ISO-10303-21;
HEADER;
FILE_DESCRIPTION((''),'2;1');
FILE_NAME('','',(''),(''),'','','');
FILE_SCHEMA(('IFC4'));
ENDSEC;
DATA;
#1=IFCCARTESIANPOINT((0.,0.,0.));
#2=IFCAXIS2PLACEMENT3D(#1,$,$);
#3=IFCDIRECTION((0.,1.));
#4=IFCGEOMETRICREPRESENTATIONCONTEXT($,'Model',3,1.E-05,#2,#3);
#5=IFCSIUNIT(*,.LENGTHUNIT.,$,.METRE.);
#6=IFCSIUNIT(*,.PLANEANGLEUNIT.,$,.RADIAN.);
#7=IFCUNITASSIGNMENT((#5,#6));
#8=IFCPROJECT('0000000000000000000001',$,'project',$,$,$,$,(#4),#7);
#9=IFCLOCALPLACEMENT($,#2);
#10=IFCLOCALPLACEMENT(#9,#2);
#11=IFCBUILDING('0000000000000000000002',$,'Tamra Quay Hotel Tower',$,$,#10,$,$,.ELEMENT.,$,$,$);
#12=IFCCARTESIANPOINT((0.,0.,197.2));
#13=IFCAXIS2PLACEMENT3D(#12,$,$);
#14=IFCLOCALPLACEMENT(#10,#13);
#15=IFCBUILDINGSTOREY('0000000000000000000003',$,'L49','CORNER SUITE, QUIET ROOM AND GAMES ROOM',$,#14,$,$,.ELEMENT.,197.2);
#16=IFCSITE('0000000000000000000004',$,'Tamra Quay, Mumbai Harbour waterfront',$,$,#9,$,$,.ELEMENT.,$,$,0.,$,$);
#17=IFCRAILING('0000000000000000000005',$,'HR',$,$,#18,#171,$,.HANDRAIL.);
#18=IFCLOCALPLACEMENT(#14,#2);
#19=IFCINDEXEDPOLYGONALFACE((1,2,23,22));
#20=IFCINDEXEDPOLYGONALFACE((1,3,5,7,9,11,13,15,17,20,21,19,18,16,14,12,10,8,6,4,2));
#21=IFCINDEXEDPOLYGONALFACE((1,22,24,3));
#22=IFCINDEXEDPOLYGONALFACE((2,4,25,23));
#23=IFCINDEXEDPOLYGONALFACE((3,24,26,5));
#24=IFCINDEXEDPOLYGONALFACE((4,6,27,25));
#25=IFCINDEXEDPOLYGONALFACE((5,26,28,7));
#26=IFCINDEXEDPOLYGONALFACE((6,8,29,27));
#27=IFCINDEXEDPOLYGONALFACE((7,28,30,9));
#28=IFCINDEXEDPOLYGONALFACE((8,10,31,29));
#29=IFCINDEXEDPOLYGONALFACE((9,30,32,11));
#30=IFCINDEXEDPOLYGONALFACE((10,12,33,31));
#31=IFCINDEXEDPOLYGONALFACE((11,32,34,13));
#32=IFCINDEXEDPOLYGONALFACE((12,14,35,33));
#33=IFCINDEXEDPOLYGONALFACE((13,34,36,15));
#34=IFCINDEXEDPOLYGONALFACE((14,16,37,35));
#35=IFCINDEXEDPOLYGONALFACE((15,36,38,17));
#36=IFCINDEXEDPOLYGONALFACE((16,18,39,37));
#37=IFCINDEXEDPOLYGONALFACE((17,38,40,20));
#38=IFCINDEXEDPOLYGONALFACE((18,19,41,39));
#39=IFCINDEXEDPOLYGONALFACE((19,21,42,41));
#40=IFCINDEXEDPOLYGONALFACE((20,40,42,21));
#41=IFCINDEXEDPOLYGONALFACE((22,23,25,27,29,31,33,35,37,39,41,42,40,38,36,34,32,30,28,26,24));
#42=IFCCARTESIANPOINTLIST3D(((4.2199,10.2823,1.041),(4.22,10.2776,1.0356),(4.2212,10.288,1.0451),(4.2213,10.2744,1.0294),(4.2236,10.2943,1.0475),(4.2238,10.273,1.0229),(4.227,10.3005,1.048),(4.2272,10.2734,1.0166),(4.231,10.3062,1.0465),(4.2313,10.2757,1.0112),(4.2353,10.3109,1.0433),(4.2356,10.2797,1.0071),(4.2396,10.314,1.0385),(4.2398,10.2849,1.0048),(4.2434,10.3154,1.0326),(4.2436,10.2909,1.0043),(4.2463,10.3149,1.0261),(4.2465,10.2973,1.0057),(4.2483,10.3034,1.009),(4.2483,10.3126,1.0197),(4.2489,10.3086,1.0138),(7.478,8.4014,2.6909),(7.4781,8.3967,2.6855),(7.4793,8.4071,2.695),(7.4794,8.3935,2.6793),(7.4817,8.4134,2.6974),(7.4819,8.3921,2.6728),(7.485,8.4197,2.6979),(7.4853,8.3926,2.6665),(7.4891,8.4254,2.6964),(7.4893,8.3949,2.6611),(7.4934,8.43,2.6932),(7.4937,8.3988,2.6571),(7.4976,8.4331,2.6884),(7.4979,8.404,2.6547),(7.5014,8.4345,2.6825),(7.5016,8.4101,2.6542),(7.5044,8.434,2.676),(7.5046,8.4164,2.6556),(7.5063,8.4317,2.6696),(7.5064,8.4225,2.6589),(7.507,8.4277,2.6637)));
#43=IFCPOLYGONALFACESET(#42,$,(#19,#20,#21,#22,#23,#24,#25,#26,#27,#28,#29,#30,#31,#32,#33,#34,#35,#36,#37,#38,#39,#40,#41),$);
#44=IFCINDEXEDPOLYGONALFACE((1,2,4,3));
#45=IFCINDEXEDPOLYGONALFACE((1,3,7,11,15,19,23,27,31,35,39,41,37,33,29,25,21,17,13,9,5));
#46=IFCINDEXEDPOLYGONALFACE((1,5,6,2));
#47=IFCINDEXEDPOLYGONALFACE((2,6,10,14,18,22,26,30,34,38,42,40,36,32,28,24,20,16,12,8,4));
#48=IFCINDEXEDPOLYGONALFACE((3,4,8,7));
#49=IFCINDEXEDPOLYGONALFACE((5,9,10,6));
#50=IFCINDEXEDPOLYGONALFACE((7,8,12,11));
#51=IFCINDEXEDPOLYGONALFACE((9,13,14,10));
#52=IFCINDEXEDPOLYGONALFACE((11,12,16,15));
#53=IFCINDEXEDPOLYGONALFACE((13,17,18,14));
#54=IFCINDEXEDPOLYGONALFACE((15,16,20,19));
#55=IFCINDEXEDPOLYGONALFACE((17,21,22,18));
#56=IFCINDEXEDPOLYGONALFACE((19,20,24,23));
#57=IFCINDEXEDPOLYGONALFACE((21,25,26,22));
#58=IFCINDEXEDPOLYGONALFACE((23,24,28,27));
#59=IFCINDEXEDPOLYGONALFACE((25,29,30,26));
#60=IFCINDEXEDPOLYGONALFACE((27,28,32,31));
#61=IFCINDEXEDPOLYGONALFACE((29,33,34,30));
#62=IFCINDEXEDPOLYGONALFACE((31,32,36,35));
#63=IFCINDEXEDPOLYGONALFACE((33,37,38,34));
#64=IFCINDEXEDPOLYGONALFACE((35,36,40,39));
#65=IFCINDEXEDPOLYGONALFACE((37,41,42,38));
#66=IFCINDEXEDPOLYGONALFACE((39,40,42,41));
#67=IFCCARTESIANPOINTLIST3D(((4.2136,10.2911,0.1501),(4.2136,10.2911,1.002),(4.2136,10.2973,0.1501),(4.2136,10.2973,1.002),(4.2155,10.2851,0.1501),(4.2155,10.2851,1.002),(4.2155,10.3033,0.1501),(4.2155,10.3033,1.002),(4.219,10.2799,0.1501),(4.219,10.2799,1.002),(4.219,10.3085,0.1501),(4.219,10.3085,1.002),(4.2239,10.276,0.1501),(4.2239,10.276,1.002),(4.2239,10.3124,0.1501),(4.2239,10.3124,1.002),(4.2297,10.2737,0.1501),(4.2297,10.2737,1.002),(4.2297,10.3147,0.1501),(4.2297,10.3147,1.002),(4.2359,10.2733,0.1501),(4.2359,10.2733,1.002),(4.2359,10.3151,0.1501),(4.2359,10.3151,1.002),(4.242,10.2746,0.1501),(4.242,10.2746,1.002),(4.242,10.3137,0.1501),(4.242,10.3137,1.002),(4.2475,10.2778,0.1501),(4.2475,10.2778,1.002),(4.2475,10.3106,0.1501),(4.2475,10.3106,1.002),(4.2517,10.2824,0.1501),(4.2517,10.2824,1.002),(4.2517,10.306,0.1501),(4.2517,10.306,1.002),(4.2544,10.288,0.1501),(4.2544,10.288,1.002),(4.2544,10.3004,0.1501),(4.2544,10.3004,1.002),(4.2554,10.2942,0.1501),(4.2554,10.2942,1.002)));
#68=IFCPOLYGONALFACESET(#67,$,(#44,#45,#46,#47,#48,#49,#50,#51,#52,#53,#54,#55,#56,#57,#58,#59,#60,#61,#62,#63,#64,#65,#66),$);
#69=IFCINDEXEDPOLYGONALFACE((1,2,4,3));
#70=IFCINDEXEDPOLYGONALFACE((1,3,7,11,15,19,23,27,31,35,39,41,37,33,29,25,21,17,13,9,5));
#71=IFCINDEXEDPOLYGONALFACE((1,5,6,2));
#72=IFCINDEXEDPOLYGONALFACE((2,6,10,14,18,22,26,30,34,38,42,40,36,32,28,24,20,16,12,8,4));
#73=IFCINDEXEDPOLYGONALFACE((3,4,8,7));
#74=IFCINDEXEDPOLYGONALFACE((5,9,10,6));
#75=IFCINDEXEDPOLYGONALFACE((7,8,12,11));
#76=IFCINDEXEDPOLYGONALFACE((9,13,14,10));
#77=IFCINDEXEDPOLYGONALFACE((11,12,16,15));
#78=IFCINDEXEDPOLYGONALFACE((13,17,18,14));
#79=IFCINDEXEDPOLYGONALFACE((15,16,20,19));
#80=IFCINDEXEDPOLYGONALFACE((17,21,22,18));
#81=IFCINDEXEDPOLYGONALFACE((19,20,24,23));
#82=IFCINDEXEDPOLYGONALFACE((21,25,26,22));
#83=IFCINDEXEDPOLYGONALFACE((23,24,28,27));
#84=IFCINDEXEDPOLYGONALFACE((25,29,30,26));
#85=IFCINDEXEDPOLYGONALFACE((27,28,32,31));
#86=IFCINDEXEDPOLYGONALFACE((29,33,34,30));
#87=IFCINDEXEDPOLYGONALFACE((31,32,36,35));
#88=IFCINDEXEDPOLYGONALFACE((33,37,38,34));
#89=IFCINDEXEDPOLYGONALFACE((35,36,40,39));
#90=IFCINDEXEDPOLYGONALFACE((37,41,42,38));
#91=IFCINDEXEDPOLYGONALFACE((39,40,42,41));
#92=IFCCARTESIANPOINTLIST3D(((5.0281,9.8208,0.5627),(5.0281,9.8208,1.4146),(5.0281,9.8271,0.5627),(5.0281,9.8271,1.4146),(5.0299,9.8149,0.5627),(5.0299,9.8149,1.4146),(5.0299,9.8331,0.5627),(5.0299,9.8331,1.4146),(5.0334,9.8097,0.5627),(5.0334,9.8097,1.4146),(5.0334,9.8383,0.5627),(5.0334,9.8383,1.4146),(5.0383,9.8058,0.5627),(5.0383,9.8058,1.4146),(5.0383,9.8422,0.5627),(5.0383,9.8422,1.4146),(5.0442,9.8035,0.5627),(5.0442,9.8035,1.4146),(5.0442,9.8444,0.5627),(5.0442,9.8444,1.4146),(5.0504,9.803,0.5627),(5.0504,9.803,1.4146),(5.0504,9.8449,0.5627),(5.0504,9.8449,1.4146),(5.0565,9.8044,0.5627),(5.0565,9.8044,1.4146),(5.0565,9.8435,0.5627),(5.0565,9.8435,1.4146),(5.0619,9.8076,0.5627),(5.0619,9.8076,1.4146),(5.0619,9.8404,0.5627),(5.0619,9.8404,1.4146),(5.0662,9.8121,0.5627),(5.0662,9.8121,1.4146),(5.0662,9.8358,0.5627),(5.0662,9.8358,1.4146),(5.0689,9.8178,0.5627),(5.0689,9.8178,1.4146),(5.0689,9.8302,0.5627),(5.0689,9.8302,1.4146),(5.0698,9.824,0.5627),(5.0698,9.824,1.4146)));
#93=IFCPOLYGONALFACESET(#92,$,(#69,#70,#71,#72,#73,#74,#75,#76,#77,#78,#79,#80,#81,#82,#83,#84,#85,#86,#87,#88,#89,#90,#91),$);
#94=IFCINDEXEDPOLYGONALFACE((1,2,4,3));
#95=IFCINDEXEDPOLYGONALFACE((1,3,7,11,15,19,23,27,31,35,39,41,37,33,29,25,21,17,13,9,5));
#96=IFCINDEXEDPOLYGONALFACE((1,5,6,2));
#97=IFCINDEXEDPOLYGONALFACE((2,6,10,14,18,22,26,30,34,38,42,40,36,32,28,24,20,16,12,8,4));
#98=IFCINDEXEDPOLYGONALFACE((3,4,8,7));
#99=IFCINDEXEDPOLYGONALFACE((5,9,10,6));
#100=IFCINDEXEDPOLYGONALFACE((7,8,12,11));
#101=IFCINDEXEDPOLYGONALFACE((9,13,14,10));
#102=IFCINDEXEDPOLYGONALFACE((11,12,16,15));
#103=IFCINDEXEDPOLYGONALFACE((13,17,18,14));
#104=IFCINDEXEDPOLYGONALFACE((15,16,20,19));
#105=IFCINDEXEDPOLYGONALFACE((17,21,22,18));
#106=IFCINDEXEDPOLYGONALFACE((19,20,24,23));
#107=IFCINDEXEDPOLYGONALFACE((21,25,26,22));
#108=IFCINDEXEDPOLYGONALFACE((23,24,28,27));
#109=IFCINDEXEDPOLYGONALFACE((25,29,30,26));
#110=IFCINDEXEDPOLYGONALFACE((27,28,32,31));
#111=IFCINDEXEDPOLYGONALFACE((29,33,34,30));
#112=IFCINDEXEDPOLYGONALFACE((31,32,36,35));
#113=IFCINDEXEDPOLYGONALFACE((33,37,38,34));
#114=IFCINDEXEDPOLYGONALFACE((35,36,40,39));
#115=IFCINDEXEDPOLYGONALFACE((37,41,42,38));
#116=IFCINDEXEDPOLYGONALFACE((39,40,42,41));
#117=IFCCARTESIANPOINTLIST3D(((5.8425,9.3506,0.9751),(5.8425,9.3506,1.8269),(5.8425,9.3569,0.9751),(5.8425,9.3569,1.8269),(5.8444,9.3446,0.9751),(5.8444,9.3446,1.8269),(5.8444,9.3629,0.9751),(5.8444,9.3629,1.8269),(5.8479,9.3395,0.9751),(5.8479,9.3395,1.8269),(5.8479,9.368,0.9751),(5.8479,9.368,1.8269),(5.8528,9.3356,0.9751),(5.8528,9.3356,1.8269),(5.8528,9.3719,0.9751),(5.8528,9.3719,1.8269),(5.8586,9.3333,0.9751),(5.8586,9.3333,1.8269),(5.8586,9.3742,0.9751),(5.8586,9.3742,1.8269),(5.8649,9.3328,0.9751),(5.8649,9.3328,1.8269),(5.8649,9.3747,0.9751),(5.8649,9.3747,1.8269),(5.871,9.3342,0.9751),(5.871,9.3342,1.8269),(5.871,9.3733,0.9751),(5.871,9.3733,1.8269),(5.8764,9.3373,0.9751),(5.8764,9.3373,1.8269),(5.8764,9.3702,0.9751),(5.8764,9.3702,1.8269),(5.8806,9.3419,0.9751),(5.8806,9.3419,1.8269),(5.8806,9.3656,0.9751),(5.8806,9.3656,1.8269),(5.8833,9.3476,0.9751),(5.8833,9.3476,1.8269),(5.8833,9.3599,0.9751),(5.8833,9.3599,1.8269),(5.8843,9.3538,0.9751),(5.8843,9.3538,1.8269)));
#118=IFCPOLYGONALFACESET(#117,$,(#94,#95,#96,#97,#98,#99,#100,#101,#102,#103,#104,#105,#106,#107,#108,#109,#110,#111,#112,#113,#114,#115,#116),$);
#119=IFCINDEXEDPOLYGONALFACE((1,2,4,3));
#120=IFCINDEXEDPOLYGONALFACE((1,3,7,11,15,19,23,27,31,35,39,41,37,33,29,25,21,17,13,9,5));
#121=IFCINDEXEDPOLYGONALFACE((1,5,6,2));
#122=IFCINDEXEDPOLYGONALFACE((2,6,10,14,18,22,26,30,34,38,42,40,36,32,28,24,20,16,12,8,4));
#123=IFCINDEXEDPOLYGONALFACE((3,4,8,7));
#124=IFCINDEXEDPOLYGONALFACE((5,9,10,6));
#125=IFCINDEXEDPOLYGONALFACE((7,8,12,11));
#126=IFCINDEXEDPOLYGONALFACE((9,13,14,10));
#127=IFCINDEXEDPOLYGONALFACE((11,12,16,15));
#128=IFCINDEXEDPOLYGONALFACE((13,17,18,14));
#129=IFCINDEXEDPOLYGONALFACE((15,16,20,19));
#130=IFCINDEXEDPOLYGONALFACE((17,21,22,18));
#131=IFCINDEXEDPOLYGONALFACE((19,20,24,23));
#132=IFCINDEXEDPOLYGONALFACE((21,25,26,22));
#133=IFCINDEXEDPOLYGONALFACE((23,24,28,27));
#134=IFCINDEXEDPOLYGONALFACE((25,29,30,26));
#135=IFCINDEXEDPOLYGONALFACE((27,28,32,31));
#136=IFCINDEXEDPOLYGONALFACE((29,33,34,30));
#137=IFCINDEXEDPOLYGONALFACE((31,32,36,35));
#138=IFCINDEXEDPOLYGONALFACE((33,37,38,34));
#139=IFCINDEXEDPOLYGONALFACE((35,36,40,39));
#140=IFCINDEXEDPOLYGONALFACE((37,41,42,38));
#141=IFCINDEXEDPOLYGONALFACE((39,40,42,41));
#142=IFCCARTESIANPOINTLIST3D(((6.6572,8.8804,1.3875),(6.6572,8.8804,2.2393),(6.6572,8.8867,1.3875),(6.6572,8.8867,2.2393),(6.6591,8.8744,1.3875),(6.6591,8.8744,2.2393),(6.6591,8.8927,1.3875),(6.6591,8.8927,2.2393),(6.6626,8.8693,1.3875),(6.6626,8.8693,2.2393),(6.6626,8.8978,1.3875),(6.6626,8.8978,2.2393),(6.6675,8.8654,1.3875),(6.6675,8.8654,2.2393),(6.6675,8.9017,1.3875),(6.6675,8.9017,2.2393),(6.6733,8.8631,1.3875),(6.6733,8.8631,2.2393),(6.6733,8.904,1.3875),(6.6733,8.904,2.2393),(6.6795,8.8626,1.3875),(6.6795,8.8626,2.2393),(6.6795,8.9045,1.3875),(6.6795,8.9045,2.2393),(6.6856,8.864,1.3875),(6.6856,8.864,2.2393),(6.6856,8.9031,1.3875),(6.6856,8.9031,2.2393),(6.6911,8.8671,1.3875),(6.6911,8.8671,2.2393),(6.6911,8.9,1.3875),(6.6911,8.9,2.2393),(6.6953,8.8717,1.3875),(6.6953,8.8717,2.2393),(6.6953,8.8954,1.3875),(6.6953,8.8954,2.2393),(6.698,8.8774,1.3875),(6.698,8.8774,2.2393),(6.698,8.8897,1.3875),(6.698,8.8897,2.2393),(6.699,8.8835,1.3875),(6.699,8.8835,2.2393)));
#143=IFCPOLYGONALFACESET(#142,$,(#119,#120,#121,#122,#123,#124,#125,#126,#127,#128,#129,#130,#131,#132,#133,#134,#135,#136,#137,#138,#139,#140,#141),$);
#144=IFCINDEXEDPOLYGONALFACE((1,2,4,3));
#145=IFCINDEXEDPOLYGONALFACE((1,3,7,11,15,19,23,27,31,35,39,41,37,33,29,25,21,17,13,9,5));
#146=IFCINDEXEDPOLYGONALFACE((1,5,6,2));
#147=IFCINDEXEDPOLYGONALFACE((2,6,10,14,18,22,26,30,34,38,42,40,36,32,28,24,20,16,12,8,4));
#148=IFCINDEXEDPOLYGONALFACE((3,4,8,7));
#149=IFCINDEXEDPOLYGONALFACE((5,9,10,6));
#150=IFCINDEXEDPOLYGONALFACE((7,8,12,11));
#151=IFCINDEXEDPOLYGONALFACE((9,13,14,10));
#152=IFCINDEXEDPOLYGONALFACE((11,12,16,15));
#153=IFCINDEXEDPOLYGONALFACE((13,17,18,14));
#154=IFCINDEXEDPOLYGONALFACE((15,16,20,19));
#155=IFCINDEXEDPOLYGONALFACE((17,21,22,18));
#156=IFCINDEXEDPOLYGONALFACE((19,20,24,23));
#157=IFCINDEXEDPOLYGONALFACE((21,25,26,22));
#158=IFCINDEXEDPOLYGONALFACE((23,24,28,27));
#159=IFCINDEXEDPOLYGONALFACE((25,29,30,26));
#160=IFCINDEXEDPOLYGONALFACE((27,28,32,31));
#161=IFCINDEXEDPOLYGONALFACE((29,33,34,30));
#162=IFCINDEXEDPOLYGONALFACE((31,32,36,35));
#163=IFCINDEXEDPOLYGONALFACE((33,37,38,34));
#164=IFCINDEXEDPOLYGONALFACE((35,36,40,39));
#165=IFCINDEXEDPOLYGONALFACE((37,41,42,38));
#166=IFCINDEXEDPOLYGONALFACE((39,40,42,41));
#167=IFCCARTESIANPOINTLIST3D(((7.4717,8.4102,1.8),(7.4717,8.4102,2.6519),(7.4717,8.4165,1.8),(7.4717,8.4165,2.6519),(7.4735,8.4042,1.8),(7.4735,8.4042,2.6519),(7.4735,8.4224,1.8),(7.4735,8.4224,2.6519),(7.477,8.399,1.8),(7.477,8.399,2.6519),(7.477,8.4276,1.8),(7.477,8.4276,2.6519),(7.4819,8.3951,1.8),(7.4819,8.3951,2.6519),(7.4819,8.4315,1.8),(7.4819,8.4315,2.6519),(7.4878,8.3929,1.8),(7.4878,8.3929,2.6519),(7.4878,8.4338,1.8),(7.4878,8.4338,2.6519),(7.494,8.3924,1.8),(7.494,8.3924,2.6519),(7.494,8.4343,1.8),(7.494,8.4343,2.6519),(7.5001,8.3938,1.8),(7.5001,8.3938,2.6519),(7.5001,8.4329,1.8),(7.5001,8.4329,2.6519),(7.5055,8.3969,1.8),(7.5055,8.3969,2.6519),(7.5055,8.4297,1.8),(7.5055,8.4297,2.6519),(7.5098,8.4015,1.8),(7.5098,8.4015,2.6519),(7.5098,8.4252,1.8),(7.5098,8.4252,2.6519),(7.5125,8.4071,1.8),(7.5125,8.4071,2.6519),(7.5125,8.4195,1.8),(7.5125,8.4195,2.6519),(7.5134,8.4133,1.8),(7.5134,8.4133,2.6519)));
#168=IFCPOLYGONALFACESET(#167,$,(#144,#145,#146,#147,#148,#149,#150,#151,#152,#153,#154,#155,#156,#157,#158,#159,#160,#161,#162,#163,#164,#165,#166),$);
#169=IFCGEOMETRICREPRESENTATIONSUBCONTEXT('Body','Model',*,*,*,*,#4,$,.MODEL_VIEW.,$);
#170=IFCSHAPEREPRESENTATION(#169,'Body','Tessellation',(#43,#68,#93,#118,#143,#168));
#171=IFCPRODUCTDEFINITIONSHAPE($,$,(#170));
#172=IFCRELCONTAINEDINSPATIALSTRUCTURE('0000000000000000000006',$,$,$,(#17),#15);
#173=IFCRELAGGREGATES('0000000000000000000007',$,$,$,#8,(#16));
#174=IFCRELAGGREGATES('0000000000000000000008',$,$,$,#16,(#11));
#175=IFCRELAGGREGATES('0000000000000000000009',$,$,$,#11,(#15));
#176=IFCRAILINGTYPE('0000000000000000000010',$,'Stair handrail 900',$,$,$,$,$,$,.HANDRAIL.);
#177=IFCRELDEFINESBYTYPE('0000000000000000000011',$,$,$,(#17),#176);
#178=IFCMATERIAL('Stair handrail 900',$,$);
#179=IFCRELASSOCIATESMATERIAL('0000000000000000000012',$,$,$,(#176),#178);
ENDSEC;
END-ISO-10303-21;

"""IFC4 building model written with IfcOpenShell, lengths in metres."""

from ifc_helpers import new_model, si_unit, direction, frame, origin, origin_2d, place, context, subcontext, project, spatial, circle, extrude, material, type_object, element, save


model = new_model("IFC4")

# Units and contexts
model_context = context("Model", 3, precision=1e-05, world=origin(), true_north=direction((0.0, 1.0)))
body_context = subcontext(model_context, "Body", "Model", "MODEL_VIEW")
ifc_project = project(units=[si_unit("LENGTHUNIT", "METRE"), si_unit("PLANEANGLEUNIT", "RADIAN")], contexts=[model_context])

# Site, building, storey
site_placement = place(None, origin())
site = spatial("IfcSite", under=ifc_project, at=site_placement, Name="Tamra Quay, Mumbai Harbour waterfront", CompositionType="ELEMENT", RefElevation=0.0)
building_placement = place(site_placement, origin())
building = spatial("IfcBuilding", under=site, at=building_placement, Name="Tamra Quay Hotel Tower", CompositionType="ELEMENT")
storey_placement = place(building_placement, frame((0.0, 0.0, 197.2)))
storey = spatial("IfcBuildingStorey", under=building, at=storey_placement, Name="L49", Description="CORNER SUITE, QUIET ROOM AND GAMES ROOM", CompositionType="ELEMENT", Elevation=197.2)

# Railing
ifc_material_1 = material(Name="Stair handrail 900")
railing_type_1 = type_object("IfcRailingType", Name="Stair handrail 900", PredefinedType="HANDRAIL", material=ifc_material_1)
railing_1_placement = place(storey_placement, frame((4.2344, 10.2942, 0.1501)))
element("IfcRailing", 1, at=railing_1_placement, inside=storey, type_object=railing_type_1, Name="HR", PredefinedType="HANDRAIL", context=body_context, shape_type="SweptSolid", body=[
    extrude(circle(Radius=0.0239, at=origin_2d()), frame((0.0, 0.0, 0.876), z_axis=(0.793122, -0.457865, 0.401642), x_axis=(0.499964, 0.866046, 0.0)), (0.0, 0.0, 1.0), 4.1079),
    extrude(circle(Radius=0.021, at=origin_2d()), origin(), (0.0, 0.0, 1.0), 0.8518),
    extrude(circle(Radius=0.021, at=origin_2d()), frame((0.8145, -0.4702, 0.4126)), (0.0, 0.0, 1.0), 0.8518),
    extrude(circle(Radius=0.021, at=origin_2d()), frame((1.6289, -0.9404, 0.825)), (0.0, 0.0, 1.0), 0.8518),
    extrude(circle(Radius=0.021, at=origin_2d()), frame((2.4436, -1.4106, 1.2373)), (0.0, 0.0, 1.0), 0.8518),
    extrude(circle(Radius=0.021, at=origin_2d()), frame((3.2581, -1.8809, 1.6499)), (0.0, 0.0, 1.0), 0.8518),
])

save(model, "model.ifc")
